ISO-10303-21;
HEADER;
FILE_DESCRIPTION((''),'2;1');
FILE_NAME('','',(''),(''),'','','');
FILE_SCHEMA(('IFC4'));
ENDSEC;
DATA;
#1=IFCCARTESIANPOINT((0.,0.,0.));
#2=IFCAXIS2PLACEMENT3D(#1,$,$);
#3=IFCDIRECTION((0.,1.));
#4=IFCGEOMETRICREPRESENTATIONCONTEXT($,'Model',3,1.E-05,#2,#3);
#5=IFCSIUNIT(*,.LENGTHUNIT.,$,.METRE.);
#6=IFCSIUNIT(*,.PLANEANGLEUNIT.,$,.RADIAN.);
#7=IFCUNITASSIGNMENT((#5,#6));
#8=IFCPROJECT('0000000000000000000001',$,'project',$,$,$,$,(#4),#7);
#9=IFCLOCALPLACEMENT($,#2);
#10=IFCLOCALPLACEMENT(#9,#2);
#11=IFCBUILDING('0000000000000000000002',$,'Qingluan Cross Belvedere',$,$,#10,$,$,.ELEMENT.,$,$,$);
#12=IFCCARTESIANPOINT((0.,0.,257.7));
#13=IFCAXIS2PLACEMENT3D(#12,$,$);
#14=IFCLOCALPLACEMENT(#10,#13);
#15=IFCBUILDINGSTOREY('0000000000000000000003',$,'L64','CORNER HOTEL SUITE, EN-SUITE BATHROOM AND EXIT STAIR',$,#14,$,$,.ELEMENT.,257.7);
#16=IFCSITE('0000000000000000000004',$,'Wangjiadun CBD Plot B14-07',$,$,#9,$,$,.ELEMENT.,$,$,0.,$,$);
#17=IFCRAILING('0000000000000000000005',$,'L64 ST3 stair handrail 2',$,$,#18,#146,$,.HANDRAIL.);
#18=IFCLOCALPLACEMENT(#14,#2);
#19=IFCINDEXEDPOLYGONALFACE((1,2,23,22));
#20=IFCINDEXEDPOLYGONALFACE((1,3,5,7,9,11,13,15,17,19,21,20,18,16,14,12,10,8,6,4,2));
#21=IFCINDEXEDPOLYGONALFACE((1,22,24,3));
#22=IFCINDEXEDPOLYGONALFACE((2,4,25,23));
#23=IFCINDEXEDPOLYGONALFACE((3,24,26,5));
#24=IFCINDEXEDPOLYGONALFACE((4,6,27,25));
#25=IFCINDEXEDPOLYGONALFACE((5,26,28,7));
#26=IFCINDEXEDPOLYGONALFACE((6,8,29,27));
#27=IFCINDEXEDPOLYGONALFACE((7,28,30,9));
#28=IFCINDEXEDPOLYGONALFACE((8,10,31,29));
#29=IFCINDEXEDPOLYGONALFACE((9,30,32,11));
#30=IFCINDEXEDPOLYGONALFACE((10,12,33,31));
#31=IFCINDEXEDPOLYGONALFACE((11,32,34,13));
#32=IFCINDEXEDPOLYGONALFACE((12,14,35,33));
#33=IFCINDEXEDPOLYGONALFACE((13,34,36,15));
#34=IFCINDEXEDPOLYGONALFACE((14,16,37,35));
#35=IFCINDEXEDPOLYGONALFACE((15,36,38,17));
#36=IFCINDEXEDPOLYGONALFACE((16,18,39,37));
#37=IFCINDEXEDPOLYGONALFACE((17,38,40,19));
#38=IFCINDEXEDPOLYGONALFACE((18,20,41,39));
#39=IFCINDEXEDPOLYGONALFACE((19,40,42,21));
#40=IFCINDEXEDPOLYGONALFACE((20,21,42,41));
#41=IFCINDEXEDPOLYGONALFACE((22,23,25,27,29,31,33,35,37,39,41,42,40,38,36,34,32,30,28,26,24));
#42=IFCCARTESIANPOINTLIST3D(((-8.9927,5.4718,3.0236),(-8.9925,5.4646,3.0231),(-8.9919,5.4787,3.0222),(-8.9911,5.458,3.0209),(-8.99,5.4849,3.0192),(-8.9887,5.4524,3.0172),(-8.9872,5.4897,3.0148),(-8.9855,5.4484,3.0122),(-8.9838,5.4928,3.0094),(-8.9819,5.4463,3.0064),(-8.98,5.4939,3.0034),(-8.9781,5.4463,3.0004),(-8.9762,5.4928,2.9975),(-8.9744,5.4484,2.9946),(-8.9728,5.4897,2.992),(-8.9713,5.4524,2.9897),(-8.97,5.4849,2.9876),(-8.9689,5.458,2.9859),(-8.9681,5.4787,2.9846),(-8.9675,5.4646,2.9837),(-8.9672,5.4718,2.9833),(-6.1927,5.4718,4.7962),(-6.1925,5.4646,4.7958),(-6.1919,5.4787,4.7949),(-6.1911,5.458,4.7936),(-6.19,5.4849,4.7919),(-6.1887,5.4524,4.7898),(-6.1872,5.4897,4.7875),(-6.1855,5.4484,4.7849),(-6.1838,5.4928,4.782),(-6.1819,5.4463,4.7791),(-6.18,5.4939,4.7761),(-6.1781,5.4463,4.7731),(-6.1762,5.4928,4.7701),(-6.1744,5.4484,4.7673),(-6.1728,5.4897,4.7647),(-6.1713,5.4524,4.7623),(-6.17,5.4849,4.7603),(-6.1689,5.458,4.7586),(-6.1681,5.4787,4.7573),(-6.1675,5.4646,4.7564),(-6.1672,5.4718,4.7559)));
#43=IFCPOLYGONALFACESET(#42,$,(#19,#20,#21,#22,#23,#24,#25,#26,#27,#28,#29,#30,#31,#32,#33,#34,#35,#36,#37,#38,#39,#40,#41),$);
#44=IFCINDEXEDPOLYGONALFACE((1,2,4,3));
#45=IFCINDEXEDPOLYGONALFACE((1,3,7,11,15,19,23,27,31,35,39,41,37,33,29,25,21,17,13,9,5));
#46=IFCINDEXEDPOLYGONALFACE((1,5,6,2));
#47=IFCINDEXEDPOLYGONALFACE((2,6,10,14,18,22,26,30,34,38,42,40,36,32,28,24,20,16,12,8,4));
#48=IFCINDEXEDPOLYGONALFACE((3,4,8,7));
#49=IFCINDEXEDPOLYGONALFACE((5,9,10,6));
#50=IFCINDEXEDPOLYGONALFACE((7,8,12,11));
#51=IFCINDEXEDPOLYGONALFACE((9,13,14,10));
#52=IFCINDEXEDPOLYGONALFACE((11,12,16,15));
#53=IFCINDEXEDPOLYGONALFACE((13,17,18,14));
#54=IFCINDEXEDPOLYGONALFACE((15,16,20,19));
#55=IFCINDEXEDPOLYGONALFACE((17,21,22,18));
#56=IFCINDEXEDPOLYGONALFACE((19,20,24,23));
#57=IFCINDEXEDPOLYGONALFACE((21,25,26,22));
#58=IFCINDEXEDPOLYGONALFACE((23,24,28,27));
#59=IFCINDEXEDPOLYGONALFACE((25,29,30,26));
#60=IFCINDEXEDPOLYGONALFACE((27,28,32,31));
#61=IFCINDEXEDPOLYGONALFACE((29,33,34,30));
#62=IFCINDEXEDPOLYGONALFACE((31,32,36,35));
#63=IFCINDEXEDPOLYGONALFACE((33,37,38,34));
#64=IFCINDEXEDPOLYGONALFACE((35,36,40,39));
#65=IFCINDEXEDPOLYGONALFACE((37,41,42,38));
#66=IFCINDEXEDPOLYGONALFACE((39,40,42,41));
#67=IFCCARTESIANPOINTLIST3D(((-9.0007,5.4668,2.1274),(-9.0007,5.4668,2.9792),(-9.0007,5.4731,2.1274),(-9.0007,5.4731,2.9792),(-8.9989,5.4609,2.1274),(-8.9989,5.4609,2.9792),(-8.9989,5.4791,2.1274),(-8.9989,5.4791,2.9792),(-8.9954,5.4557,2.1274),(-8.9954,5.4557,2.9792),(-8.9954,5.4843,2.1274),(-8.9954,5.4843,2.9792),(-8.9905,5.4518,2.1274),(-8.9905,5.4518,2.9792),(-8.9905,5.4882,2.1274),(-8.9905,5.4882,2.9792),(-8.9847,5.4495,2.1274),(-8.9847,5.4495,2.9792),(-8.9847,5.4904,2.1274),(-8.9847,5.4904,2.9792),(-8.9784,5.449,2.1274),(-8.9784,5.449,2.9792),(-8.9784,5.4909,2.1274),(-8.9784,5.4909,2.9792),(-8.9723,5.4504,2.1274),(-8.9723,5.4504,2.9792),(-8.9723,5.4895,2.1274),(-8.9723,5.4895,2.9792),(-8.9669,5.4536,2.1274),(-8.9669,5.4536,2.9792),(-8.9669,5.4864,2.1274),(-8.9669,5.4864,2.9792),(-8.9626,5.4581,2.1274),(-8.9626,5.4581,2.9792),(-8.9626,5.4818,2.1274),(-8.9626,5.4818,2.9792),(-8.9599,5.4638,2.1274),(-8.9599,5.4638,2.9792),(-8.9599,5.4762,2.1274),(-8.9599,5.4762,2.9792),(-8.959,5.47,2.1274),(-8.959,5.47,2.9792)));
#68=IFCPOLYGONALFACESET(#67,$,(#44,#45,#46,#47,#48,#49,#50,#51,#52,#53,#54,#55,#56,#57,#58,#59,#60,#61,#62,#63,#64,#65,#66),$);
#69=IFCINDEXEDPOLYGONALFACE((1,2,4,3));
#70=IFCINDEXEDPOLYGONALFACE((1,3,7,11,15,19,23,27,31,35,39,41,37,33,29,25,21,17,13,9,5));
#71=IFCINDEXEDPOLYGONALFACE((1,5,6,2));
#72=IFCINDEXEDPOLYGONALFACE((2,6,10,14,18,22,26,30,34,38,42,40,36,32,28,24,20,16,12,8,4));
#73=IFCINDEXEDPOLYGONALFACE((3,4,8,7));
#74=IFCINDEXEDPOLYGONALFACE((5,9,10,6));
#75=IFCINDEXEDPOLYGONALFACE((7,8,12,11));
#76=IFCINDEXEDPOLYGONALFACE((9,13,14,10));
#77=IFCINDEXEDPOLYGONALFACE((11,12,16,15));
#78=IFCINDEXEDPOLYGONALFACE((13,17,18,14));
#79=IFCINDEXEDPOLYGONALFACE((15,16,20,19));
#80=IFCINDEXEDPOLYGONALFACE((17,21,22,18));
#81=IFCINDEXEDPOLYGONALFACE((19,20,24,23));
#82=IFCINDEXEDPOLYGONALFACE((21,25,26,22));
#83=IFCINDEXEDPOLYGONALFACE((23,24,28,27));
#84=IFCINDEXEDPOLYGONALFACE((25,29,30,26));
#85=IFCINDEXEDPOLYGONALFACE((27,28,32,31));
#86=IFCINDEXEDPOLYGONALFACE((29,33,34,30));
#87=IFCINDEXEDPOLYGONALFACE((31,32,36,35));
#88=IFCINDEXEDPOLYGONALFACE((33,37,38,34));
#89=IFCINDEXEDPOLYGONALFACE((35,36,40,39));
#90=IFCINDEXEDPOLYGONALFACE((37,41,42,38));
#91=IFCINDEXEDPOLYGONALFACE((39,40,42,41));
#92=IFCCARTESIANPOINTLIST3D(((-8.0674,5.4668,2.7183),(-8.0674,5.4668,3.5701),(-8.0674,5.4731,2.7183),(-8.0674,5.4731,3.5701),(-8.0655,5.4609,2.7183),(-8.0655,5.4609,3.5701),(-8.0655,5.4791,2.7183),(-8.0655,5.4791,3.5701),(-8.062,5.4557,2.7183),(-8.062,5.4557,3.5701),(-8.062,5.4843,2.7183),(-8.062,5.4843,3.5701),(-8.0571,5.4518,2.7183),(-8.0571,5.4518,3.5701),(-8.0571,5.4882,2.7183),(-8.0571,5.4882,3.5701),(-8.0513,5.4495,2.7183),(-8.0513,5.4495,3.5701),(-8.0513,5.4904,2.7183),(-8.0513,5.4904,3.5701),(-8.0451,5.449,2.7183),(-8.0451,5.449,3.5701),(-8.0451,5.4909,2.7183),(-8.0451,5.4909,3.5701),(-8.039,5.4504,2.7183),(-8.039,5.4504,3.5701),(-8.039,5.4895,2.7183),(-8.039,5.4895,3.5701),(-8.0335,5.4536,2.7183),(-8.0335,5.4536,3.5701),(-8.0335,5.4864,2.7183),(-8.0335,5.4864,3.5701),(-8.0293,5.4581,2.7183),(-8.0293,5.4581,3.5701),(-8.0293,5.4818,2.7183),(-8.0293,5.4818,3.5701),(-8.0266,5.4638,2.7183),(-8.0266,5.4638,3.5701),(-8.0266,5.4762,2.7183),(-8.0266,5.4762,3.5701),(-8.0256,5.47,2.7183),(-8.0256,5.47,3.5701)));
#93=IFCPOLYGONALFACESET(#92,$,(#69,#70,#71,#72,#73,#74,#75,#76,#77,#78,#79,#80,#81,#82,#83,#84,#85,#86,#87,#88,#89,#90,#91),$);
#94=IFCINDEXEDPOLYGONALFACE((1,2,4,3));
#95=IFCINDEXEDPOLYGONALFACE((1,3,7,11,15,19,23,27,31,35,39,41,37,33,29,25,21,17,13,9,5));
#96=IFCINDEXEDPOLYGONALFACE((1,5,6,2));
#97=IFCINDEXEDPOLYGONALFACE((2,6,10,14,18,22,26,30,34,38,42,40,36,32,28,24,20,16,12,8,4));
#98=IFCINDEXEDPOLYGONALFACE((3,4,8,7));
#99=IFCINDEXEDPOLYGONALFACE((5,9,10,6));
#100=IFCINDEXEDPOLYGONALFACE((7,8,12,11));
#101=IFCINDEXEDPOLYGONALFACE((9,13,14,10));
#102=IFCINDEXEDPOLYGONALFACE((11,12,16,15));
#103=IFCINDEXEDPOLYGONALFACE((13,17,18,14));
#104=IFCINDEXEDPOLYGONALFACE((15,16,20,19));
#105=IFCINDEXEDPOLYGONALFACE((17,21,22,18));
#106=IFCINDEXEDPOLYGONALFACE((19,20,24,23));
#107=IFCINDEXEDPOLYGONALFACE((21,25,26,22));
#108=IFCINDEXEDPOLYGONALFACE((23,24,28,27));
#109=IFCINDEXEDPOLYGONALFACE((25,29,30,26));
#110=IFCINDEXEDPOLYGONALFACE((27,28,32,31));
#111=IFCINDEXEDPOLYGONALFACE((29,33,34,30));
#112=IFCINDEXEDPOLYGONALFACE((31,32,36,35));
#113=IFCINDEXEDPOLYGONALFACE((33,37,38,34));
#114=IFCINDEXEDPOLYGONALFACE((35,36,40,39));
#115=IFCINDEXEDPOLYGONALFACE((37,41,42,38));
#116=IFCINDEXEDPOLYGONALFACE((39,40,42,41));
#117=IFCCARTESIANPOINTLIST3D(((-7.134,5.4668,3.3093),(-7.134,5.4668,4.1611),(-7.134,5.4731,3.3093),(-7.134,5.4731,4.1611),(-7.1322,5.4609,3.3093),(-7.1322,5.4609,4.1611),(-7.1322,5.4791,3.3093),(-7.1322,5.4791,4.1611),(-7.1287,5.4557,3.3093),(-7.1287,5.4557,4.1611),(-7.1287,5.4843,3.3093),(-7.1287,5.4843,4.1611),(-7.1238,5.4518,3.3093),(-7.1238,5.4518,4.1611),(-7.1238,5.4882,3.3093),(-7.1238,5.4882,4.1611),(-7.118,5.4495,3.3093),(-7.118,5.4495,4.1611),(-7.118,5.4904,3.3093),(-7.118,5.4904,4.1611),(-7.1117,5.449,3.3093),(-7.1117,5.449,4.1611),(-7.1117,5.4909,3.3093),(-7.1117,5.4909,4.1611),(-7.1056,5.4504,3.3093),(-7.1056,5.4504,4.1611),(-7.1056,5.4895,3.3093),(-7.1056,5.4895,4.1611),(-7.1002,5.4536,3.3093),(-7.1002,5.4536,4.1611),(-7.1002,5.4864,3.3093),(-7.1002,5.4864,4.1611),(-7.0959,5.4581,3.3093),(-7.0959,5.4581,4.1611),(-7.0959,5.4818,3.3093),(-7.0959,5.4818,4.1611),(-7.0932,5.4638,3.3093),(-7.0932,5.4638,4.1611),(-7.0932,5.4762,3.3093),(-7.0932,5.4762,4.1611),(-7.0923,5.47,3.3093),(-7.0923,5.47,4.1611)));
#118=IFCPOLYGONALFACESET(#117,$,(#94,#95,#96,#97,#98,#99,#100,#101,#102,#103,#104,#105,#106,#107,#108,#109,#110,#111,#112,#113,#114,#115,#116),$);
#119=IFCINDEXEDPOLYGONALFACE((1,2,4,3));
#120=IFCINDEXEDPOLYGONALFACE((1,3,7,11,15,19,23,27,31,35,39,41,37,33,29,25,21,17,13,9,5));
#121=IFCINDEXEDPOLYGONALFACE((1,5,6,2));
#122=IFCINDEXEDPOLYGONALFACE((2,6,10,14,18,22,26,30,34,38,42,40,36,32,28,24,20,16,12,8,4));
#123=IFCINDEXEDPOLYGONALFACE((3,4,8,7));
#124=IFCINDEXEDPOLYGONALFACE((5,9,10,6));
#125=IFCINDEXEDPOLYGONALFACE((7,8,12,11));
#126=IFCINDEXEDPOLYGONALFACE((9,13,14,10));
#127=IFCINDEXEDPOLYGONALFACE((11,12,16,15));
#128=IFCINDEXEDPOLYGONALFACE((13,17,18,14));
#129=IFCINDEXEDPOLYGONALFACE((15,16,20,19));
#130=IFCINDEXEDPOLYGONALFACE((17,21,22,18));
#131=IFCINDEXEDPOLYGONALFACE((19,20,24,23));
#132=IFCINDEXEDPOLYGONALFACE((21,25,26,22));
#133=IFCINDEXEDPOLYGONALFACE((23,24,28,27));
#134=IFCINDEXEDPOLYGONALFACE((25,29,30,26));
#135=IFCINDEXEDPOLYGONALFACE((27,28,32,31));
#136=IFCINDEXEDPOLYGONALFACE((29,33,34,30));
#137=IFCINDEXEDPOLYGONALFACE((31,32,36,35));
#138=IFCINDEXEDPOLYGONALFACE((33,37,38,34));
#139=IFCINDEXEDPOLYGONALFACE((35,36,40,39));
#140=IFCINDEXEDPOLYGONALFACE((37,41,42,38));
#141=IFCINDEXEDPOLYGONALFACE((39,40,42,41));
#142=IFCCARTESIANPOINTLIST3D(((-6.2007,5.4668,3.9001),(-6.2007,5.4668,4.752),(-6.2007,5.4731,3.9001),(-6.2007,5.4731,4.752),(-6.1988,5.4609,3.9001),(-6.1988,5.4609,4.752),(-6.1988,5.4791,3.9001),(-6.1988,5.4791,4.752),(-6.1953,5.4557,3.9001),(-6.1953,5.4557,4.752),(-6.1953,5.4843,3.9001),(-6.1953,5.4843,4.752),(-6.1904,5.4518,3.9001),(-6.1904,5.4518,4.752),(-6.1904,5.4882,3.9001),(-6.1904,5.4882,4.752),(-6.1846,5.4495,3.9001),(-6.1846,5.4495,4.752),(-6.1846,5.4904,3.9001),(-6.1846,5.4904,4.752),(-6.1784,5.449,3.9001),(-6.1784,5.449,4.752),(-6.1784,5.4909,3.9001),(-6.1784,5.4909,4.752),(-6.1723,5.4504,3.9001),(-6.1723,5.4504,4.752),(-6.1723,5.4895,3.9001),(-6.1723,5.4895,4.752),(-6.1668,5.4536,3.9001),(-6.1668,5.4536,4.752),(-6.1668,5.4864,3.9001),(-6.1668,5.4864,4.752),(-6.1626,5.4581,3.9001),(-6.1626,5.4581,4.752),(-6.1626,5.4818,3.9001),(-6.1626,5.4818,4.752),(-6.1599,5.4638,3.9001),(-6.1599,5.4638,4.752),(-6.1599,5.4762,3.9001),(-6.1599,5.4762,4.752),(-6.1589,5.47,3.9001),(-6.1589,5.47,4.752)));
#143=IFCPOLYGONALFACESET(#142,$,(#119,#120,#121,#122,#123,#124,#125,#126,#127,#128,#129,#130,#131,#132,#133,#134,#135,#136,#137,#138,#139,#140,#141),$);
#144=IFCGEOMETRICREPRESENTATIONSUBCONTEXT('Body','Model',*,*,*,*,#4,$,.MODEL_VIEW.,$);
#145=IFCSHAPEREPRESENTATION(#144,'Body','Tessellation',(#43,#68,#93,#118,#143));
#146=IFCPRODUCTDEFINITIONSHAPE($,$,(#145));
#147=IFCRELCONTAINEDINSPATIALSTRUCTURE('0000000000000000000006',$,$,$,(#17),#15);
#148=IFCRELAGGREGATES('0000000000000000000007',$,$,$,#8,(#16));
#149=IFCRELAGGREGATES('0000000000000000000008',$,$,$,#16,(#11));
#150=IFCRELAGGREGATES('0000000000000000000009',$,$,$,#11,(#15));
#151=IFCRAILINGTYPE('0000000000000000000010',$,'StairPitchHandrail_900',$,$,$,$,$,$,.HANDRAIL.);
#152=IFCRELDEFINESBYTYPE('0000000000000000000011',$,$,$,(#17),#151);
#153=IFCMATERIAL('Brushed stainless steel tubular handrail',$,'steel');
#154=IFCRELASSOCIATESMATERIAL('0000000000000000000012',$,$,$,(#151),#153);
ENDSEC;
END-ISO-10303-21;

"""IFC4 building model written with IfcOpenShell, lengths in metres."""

from ifc_helpers import new_model, si_unit, direction, frame, origin, origin_2d, place, context, subcontext, project, spatial, circle, extrude, material, type_object, element, save


model = new_model("IFC4")

# Units and contexts
model_context = context("Model", 3, precision=1e-05, world=origin(), true_north=direction((0.0, 1.0)))
body_context = subcontext(model_context, "Body", "Model", "MODEL_VIEW")
ifc_project = project(units=[si_unit("LENGTHUNIT", "METRE"), si_unit("PLANEANGLEUNIT", "RADIAN")], contexts=[model_context])

# Site, building, storey
site_placement = place(None, origin())
site = spatial("IfcSite", under=ifc_project, at=site_placement, Name="Wangjiadun CBD Plot B14-07", CompositionType="ELEMENT", RefElevation=0.0)
building_placement = place(site_placement, origin())
building = spatial("IfcBuilding", under=site, at=building_placement, Name="Qingluan Cross Belvedere", CompositionType="ELEMENT")
storey_placement = place(building_placement, frame((0.0, 0.0, 257.7)))
storey = spatial("IfcBuildingStorey", under=building, at=storey_placement, Name="L64", Description="CORNER HOTEL SUITE, EN-SUITE BATHROOM AND EXIT STAIR", CompositionType="ELEMENT", Elevation=257.7)

# Railing
ifc_material_1 = material(Name="Brushed stainless steel tubular handrail", Category="steel")
railing_type_1 = type_object("IfcRailingType", Name="StairPitchHandrail_900", PredefinedType="HANDRAIL", material=ifc_material_1)
railing_1_placement = place(storey_placement, frame((-8.98, 5.47, 2.1274)))
element("IfcRailing", 1, at=railing_1_placement, inside=storey, type_object=railing_type_1, Name="L64 ST3 stair handrail 2", PredefinedType="HANDRAIL", context=body_context, shape_type="SweptSolid", body=[
    extrude(circle(Radius=0.0239, at=origin_2d()), frame((0.0, 0.0, 0.876), z_axis=(0.844909, 0.0, 0.53491), x_axis=(0.0, 1.0, 0.0)), (0.0, 0.0, 1.0), 3.314),
    extrude(circle(Radius=0.021, at=origin_2d()), origin(), (0.0, 0.0, 1.0), 0.8518),
    extrude(circle(Radius=0.021, at=origin_2d()), frame((0.9333, 0.0, 0.5908)), (0.0, 0.0, 1.0), 0.8518),
    extrude(circle(Radius=0.021, at=origin_2d()), frame((1.8667, 0.0, 1.1819)), (0.0, 0.0, 1.0), 0.8518),
    extrude(circle(Radius=0.021, at=origin_2d()), frame((2.8, 0.0, 1.7727)), (0.0, 0.0, 1.0), 0.8518),
])

save(model, "model.ifc")
